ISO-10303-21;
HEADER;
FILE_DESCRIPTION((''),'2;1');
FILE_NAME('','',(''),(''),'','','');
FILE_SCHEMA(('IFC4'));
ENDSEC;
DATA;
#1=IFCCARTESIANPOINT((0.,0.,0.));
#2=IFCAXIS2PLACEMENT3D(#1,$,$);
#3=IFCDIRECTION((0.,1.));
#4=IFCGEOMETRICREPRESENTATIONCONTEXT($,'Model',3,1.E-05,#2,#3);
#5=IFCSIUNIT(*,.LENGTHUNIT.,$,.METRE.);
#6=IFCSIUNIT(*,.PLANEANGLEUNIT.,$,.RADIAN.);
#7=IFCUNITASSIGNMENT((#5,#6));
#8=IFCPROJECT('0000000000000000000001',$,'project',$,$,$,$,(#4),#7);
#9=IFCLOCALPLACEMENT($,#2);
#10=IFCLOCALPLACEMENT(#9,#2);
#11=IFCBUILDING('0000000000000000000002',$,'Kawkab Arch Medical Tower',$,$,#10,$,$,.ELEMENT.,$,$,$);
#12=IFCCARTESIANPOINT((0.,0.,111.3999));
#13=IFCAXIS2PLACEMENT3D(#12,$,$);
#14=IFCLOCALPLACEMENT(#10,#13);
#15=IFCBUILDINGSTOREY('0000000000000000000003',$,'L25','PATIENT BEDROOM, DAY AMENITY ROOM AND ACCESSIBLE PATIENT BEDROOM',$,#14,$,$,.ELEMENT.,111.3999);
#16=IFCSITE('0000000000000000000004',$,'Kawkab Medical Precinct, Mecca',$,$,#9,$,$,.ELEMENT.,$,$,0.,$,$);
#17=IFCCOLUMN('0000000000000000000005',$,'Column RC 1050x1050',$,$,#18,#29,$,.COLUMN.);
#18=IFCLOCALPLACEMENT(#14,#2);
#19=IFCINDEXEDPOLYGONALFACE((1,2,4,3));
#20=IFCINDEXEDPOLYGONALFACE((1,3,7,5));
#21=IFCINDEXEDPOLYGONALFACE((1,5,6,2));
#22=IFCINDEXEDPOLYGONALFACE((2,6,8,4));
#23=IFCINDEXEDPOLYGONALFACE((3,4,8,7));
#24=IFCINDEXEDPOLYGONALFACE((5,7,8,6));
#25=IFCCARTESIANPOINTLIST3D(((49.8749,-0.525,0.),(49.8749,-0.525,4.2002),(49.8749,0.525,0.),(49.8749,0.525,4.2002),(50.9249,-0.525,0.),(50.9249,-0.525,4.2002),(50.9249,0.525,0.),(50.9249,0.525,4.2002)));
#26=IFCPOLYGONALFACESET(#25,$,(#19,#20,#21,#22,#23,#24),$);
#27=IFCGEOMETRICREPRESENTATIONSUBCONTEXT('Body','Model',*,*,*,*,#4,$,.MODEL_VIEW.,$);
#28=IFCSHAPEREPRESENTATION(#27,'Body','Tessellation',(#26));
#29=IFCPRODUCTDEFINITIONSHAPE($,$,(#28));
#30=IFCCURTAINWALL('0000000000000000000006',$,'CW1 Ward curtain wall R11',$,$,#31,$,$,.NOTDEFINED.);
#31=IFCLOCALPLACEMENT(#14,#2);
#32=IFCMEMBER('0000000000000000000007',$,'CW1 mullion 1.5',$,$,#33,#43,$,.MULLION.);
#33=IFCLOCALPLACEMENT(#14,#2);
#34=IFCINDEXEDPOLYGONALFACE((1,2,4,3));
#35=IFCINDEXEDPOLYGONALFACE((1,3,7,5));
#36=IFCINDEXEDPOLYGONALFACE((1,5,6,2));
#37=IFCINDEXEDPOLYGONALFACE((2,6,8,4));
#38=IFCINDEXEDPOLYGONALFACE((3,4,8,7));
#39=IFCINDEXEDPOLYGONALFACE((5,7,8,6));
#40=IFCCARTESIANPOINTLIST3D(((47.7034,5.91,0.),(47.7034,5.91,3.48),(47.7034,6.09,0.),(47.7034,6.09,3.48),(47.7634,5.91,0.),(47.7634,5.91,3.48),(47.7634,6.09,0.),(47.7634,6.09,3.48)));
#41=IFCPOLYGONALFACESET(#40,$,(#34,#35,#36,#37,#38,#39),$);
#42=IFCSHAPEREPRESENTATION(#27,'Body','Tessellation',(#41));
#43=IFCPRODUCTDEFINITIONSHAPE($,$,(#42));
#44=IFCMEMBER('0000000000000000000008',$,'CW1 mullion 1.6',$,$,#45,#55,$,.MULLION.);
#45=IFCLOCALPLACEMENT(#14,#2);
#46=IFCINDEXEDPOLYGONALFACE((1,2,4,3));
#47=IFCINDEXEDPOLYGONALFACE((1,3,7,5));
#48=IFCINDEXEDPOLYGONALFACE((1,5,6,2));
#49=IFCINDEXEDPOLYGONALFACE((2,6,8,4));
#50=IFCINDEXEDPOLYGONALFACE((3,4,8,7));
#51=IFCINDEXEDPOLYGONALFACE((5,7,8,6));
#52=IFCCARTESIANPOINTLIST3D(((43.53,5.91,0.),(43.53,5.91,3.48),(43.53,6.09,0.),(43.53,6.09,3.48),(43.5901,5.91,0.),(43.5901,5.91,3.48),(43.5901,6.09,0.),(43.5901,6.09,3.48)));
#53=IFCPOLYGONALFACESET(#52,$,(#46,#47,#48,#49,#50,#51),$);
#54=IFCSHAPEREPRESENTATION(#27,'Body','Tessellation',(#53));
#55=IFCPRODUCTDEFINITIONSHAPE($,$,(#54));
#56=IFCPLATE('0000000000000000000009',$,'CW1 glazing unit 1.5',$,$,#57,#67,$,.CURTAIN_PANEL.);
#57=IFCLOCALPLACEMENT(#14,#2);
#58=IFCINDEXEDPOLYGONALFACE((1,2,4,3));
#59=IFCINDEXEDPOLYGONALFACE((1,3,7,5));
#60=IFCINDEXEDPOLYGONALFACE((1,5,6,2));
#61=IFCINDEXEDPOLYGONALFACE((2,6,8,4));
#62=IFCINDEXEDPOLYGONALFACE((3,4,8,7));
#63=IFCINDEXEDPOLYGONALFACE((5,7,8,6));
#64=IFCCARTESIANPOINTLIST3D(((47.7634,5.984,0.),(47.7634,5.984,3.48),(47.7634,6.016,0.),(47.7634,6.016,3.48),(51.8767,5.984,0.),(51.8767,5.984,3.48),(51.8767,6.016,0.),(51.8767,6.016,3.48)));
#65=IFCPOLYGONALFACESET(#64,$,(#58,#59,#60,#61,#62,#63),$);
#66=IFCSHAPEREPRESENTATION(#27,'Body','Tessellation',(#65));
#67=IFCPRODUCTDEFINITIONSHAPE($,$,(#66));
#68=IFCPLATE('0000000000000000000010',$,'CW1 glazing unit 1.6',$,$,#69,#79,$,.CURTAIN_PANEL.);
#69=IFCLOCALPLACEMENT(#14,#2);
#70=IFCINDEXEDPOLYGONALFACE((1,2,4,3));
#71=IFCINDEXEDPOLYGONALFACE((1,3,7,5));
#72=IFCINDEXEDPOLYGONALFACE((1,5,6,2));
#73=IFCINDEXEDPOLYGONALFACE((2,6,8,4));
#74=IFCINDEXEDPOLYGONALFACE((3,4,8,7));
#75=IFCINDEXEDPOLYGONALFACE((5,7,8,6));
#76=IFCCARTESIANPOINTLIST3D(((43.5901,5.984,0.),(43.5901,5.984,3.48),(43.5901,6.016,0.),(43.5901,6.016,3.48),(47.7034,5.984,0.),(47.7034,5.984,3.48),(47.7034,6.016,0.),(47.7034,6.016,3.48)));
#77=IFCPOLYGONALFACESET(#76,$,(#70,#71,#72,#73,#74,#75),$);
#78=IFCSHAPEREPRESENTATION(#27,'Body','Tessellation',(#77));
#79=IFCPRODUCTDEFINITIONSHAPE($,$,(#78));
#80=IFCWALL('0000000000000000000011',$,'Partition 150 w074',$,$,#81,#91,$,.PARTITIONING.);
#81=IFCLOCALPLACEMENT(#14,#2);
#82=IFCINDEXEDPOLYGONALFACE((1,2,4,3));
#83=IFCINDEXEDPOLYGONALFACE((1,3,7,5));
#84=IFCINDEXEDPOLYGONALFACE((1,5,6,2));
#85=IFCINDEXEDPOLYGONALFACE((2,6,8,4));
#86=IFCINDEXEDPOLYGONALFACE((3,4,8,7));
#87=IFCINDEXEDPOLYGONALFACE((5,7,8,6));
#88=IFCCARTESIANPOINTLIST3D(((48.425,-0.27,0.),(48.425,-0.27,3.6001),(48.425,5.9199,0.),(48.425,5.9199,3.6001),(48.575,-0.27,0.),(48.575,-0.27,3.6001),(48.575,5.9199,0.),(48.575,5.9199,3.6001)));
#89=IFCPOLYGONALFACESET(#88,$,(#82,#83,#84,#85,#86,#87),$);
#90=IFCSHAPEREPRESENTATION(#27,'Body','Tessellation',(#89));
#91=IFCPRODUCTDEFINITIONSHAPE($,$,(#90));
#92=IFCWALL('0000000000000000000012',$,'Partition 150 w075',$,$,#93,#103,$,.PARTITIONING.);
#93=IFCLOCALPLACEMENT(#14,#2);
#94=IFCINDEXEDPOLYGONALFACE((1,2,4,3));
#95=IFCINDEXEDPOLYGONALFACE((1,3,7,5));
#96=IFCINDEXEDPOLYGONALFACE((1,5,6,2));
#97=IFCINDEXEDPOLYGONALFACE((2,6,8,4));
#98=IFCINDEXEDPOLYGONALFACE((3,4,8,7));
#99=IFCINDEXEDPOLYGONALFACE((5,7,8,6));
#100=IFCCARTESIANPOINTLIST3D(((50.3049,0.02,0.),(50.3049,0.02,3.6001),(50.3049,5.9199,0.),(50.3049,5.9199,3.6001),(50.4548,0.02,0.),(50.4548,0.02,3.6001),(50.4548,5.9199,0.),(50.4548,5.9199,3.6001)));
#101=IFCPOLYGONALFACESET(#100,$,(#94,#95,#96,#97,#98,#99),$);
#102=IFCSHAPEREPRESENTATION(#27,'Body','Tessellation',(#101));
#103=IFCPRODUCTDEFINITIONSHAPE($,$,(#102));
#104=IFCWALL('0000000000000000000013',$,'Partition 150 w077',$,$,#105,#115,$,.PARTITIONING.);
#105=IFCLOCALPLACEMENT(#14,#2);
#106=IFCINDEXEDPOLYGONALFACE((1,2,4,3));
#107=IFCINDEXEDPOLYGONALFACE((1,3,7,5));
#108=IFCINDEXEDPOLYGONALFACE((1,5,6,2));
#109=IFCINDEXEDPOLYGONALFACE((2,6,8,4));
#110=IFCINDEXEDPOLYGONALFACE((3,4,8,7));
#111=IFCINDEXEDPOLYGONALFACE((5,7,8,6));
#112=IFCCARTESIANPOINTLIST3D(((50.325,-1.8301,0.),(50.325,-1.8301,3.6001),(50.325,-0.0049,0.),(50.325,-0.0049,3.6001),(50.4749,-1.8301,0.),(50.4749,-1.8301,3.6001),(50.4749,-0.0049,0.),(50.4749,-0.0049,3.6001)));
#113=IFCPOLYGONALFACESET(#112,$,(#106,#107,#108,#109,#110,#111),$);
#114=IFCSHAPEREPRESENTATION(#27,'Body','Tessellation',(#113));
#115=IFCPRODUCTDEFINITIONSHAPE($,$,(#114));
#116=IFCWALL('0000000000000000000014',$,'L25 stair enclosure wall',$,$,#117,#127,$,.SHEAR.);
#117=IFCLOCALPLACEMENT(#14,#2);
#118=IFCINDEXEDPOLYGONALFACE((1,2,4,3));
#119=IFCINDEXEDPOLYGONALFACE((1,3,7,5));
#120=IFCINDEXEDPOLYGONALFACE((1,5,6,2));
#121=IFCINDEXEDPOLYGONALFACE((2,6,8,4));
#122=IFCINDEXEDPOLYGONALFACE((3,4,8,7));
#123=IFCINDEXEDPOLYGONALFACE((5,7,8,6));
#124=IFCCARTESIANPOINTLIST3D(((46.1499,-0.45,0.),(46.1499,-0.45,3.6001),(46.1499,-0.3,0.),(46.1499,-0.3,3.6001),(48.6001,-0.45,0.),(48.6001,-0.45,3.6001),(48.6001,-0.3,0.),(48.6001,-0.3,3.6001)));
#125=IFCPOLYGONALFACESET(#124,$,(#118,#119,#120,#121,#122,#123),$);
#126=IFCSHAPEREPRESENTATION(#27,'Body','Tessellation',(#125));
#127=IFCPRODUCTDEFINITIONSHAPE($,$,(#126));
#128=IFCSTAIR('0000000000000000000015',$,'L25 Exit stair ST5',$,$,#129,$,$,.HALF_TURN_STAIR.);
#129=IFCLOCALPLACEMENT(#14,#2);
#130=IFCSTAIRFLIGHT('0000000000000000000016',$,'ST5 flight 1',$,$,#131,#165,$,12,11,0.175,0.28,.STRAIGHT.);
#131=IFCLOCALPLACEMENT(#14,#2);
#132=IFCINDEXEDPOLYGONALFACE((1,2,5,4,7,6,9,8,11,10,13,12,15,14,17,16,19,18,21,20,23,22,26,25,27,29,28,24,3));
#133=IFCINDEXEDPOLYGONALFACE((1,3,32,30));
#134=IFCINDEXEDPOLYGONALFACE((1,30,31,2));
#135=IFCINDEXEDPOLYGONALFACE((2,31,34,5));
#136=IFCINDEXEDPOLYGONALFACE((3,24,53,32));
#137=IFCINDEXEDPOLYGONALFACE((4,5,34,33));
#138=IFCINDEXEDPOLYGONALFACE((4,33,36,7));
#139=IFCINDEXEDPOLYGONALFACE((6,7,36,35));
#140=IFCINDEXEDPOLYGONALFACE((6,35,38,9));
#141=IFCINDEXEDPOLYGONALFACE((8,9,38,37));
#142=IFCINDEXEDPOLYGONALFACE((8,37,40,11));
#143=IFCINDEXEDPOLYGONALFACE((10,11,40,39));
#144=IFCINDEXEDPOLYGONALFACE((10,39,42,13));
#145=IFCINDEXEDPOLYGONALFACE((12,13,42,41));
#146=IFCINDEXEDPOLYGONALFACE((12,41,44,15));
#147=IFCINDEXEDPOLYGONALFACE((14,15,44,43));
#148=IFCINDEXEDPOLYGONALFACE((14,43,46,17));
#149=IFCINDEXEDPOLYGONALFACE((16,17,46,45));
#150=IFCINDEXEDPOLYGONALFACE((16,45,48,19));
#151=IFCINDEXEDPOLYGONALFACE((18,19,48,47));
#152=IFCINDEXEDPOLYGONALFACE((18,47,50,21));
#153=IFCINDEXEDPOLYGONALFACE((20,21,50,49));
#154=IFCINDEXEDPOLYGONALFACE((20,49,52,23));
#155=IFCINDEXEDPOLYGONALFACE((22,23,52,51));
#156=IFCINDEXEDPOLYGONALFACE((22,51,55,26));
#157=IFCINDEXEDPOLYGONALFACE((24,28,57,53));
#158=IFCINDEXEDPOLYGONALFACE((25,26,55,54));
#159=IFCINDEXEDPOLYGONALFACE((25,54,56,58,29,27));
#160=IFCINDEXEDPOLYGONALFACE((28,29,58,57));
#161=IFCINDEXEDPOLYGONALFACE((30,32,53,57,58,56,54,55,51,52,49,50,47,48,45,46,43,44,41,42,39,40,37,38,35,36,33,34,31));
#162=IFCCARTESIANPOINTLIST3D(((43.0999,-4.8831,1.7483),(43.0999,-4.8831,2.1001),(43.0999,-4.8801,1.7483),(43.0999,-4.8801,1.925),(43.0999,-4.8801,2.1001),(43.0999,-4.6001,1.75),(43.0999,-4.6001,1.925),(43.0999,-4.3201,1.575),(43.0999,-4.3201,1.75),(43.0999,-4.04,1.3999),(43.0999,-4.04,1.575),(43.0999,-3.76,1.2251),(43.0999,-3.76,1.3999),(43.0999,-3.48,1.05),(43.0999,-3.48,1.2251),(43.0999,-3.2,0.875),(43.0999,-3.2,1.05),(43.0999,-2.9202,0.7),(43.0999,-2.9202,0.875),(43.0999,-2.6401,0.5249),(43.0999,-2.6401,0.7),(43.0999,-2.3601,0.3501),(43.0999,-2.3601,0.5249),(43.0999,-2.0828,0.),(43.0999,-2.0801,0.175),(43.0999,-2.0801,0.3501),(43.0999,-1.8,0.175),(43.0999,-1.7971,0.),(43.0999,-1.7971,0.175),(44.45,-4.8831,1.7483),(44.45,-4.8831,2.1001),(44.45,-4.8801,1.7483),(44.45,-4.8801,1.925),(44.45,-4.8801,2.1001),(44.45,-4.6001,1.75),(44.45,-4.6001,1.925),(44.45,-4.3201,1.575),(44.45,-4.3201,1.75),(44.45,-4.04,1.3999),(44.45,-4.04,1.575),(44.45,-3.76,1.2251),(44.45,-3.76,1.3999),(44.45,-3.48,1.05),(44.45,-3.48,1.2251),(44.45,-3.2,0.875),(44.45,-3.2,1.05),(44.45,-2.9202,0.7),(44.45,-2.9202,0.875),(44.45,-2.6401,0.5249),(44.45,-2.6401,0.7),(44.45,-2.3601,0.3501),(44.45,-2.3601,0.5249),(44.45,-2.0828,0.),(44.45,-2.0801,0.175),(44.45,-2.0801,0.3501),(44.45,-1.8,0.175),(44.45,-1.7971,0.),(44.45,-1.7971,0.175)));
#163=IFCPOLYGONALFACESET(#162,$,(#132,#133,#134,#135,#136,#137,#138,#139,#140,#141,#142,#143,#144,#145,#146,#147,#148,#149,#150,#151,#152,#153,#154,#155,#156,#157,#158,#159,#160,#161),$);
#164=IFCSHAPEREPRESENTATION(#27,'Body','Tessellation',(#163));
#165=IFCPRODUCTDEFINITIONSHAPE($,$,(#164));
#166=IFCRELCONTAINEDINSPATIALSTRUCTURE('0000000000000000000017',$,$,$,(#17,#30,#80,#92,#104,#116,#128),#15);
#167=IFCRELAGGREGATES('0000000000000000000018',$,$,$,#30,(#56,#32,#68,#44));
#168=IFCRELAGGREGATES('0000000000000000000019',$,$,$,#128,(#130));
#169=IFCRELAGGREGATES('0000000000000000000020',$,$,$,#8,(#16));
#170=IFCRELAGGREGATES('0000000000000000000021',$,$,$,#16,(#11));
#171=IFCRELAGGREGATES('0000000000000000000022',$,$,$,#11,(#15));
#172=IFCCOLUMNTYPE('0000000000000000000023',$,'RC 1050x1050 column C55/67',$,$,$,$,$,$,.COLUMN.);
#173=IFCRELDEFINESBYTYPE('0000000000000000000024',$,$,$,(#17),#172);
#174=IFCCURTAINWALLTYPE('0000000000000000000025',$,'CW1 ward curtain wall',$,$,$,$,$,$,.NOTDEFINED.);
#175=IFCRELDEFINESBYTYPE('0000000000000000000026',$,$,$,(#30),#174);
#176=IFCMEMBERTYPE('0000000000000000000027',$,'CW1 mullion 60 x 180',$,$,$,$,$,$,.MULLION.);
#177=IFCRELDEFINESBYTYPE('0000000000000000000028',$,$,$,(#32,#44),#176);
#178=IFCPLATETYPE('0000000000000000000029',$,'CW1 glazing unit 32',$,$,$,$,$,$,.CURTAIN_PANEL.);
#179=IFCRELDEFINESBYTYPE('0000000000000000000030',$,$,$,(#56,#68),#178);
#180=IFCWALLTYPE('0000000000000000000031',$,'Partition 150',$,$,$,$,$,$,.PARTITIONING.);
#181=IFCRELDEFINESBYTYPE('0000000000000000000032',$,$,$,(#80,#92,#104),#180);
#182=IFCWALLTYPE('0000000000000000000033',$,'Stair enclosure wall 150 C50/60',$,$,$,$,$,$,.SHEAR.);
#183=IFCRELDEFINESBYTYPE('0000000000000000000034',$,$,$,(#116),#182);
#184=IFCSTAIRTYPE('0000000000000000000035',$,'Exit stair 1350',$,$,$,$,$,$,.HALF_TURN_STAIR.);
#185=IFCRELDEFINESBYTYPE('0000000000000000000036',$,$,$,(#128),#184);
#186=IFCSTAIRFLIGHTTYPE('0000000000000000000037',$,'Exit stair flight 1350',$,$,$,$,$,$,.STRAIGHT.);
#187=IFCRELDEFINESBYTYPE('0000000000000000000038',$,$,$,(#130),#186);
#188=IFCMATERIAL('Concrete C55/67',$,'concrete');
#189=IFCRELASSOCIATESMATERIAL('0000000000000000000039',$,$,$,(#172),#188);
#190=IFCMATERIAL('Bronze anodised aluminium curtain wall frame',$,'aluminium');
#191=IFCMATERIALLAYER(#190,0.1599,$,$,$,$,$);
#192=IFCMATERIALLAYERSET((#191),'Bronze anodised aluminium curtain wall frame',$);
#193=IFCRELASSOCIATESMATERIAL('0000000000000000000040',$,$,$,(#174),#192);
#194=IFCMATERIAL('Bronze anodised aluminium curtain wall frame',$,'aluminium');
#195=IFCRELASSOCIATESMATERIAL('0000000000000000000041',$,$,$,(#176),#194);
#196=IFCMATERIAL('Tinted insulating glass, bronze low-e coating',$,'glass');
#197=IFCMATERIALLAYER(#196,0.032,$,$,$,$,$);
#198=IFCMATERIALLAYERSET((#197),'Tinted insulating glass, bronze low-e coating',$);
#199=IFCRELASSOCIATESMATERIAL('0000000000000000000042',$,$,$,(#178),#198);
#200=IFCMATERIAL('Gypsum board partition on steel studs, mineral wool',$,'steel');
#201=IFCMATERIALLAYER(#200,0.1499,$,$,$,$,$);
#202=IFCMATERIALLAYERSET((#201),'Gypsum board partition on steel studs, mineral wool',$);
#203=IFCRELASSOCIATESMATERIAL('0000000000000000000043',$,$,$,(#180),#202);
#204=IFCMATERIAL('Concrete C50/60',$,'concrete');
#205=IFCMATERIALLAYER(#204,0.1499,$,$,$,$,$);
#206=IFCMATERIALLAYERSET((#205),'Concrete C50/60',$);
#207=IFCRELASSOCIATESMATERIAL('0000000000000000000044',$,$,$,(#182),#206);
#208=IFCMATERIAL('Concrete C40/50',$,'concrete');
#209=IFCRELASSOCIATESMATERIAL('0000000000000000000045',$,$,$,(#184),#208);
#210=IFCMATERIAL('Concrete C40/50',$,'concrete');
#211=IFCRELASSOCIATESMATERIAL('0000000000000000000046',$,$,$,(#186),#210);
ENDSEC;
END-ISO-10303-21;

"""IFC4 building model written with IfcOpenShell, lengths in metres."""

from ifc_helpers import new_model, si_unit, direction, frame, frame_2d, origin, origin_2d, place, context, subcontext, project, spatial, polyline, rectangle, outline, extrude, material, layer, layer_set, material_profile, profile_set, type_object, element, aggregate, save


model = new_model("IFC4")

# Units and contexts
model_context = context("Model", 3, precision=1e-05, world=origin(), true_north=direction((0.0, 1.0)))
body_context = subcontext(model_context, "Body", "Model", "MODEL_VIEW")
ifc_project = project(units=[si_unit("LENGTHUNIT", "METRE"), si_unit("PLANEANGLEUNIT", "RADIAN")], contexts=[model_context])

# Site, building, storey
site_placement = place(None, origin())
site = spatial("IfcSite", under=ifc_project, at=site_placement, Name="Kawkab Medical Precinct, Mecca", CompositionType="ELEMENT", RefElevation=0.0)
building_placement = place(site_placement, origin())
building = spatial("IfcBuilding", under=site, at=building_placement, Name="Kawkab Arch Medical Tower", CompositionType="ELEMENT")
storey_placement = place(building_placement, frame((0.0, 0.0, 111.3999)))
storey = spatial("IfcBuildingStorey", under=building, at=storey_placement, Name="L25", Description="PATIENT BEDROOM, DAY AMENITY ROOM AND ACCESSIBLE PATIENT BEDROOM", CompositionType="ELEMENT", Elevation=111.3999)

# Column
ifc_material_1 = material(Name="Concrete C55/67", Category="concrete")
ifc_material_profile_1 = material_profile(ifc_material_1, rectangle(XDim=1.05, YDim=1.05, at=origin_2d()), Name="RC 1050x1050")
ifc_profile_set_1 = profile_set([ifc_material_profile_1], Name="Concrete C55/67")
column_type = type_object("IfcColumnType", Name="RC 1050x1050 column C55/67", PredefinedType="COLUMN", material=ifc_profile_set_1)
column_placement = place(storey_placement, frame((50.3999, 0.0, 0.0), z_axis=(0.0, 0.0, 1.0), x_axis=(1.0, 0.0, 0.0)))
element("IfcColumn", 1, at=column_placement, inside=storey, type_object=column_type, Name="Column RC 1050x1050", PredefinedType="COLUMN", context=body_context, shape_type="SweptSolid", body=[
    extrude(rectangle(XDim=1.05, YDim=1.05, at=origin_2d()), origin(), (0.0, 0.0, 1.0), 4.2002),
])

# Curtain wall, members, plates
ifc_material_2 = material(Name="Bronze anodised aluminium curtain wall frame", Category="aluminium")
ifc_layer_1 = layer(ifc_material_2, 0.1599)
ifc_layer_set_1 = layer_set([ifc_layer_1], Name="Bronze anodised aluminium curtain wall frame")
curtain_wall_type = type_object("IfcCurtainWallType", Name="CW1 ward curtain wall", PredefinedType="NOTDEFINED", material=ifc_layer_set_1)
placement = place(storey_placement, origin())
curtain_wall = element("IfcCurtainWall", 2, at=placement, inside=storey, type_object=curtain_wall_type, Name="CW1 Ward curtain wall R11", PredefinedType="NOTDEFINED")
ifc_material_3 = material(Name="Bronze anodised aluminium curtain wall frame", Category="aluminium")
ifc_material_profile_2 = material_profile(ifc_material_3, rectangle(XDim=0.1799, YDim=0.0601, at=origin_2d()), Name="AL 60x180")
ifc_profile_set_2 = profile_set([ifc_material_profile_2], Name="Bronze anodised aluminium curtain wall frame")
member_type = type_object("IfcMemberType", Name="CW1 mullion 60 x 180", PredefinedType="MULLION", material=ifc_profile_set_2)
member_1_placement = place(storey_placement, frame((47.7334, 6.0, 0.0), z_axis=(0.0, 0.0, 1.0), x_axis=(0.0, -1.0, 0.0)))
member_1 = element("IfcMember", 3, at=member_1_placement, type_object=member_type, Name="CW1 mullion 1.5", PredefinedType="MULLION", context=body_context, shape_type="SweptSolid", body=[
    extrude(rectangle(XDim=0.1799, YDim=0.0601, at=origin_2d()), origin(), (0.0, 0.0, 1.0), 3.48),
])
member_2_placement = place(storey_placement, frame((43.5601, 6.0, 0.0), z_axis=(0.0, 0.0, 1.0), x_axis=(0.0, -1.0, 0.0)))
member_2 = element("IfcMember", 4, at=member_2_placement, type_object=member_type, Name="CW1 mullion 1.6", PredefinedType="MULLION", context=body_context, shape_type="SweptSolid", body=[
    extrude(rectangle(XDim=0.1799, YDim=0.0601, at=origin_2d()), origin(), (0.0, 0.0, 1.0), 3.48),
])
ifc_material_4 = material(Name="Tinted insulating glass, bronze low-e coating", Category="glass")
ifc_layer_2 = layer(ifc_material_4, 0.032)
ifc_layer_set_2 = layer_set([ifc_layer_2], Name="Tinted insulating glass, bronze low-e coating")
plate_type = type_object("IfcPlateType", Name="CW1 glazing unit 32", PredefinedType="CURTAIN_PANEL", material=ifc_layer_set_2)
plate_1_placement = place(storey_placement, frame((49.8201, 6.0, 0.0), z_axis=(0.0, 0.0, 1.0), x_axis=(-1.0, 0.0, 0.0)))
plate_1 = element("IfcPlate", 5, at=plate_1_placement, type_object=plate_type, Name="CW1 glazing unit 1.5", PredefinedType="CURTAIN_PANEL", context=body_context, shape_type="SweptSolid", body=[
    extrude(rectangle(XDim=4.1133, YDim=0.032, at=origin_2d()), origin(), (0.0, 0.0, 1.0), 3.48),
])
plate_2_placement = place(storey_placement, frame((45.6467, 6.0, 0.0), z_axis=(0.0, 0.0, 1.0), x_axis=(-1.0, 0.0, 0.0)))
plate_2 = element("IfcPlate", 6, at=plate_2_placement, type_object=plate_type, Name="CW1 glazing unit 1.6", PredefinedType="CURTAIN_PANEL", context=body_context, shape_type="SweptSolid", body=[
    extrude(rectangle(XDim=4.1133, YDim=0.032, at=origin_2d()), origin(), (0.0, 0.0, 1.0), 3.48),
])
aggregate(curtain_wall, [plate_1, member_1, plate_2, member_2])

# Walls
ifc_material_5 = material(Name="Gypsum board partition on steel studs, mineral wool", Category="steel")
ifc_layer_3 = layer(ifc_material_5, 0.1499)
ifc_layer_set_3 = layer_set([ifc_layer_3], Name="Gypsum board partition on steel studs, mineral wool")
wall_type_1 = type_object("IfcWallType", Name="Partition 150", PredefinedType="PARTITIONING", material=ifc_layer_set_3)
wall_1_placement = place(storey_placement, frame((48.5, -0.27, 0.0), z_axis=(0.0, 0.0, 1.0), x_axis=(0.0, 1.0, 0.0)))
element("IfcWall", 7, at=wall_1_placement, inside=storey, type_object=wall_type_1, Name="Partition 150 w074", PredefinedType="PARTITIONING", context=body_context, shape_type="SweptSolid", body=[
    extrude(rectangle(XDim=6.1899, YDim=0.1499, at=frame_2d((3.095, 0.0))), origin(), (0.0, 0.0, 1.0), 3.6001),
])
wall_2_placement = place(storey_placement, frame((50.3799, 0.02, 0.0), z_axis=(0.0, 0.0, 1.0), x_axis=(0.0, 1.0, 0.0)))
element("IfcWall", 8, at=wall_2_placement, inside=storey, type_object=wall_type_1, Name="Partition 150 w075", PredefinedType="PARTITIONING", context=body_context, shape_type="SweptSolid", body=[
    extrude(rectangle(XDim=5.8999, YDim=0.1499, at=frame_2d((2.95, 0.0))), origin(), (0.0, 0.0, 1.0), 3.6001),
])
wall_3_placement = place(storey_placement, frame((50.3999, -1.8301, 0.0), z_axis=(0.0, 0.0, 1.0), x_axis=(0.0, 1.0, 0.0)))
element("IfcWall", 9, at=wall_3_placement, inside=storey, type_object=wall_type_1, Name="Partition 150 w077", PredefinedType="PARTITIONING", context=body_context, shape_type="SweptSolid", body=[
    extrude(rectangle(XDim=1.8252, YDim=0.1499, at=frame_2d((0.9126, 0.0))), origin(), (0.0, 0.0, 1.0), 3.6001),
])
ifc_material_6 = material(Name="Concrete C50/60", Category="concrete")
ifc_layer_4 = layer(ifc_material_6, 0.1499)
ifc_layer_set_4 = layer_set([ifc_layer_4], Name="Concrete C50/60")
wall_type_2 = type_object("IfcWallType", Name="Stair enclosure wall 150 C50/60", PredefinedType="SHEAR", material=ifc_layer_set_4)
wall_4_placement = place(storey_placement, frame((46.1499, -0.375, 0.0), z_axis=(0.0, 0.0, 1.0), x_axis=(1.0, 0.0, 0.0)))
element("IfcWall", 10, at=wall_4_placement, inside=storey, type_object=wall_type_2, Name="L25 stair enclosure wall", PredefinedType="SHEAR", context=body_context, shape_type="SweptSolid", body=[
    extrude(rectangle(XDim=2.4502, YDim=0.1499, at=frame_2d((1.2251, 0.0))), origin(), (0.0, 0.0, 1.0), 3.6001),
])

# Stair, stair flight
ifc_material_7 = material(Name="Concrete C40/50", Category="concrete")
stair_type = type_object("IfcStairType", Name="Exit stair 1350", PredefinedType="HALF_TURN_STAIR", material=ifc_material_7)
stair = element("IfcStair", 11, at=placement, inside=storey, type_object=stair_type, Name="L25 Exit stair ST5", PredefinedType="HALF_TURN_STAIR")
ifc_material_8 = material(Name="Concrete C40/50", Category="concrete")
stair_flight_type = type_object("IfcStairFlightType", Name="Exit stair flight 1350", PredefinedType="STRAIGHT", material=ifc_material_8)
stair_flight_placement = place(storey_placement, frame((43.7749, -1.8, 0.0), z_axis=(0.0, 0.0, 1.0), x_axis=(0.0, -1.0, 0.0)))
stair_flight = element("IfcStairFlight", 12, at=stair_flight_placement, type_object=stair_flight_type, Name="ST5 flight 1", NumberOfRisers=12, NumberOfTreads=11, PredefinedType="STRAIGHT", RiserHeight=0.175, TreadLength=0.28, context=body_context, shape_type="SweptSolid", body=[
    extrude(outline(polyline([(-0.0029, 0.0), (-0.0029, 0.175), (0.0, 0.175), (0.28, 0.175), (0.28, 0.3501), (0.5601, 0.3501), (0.5601, 0.5249), (0.8401, 0.5249), (0.8401, 0.7), (1.1201, 0.7), (1.1201, 0.875), (1.3999, 0.875), (1.3999, 1.05), (1.6799, 1.05), (1.6799, 1.2251), (1.96, 1.2251), (1.96, 1.3999), (2.24, 1.3999), (2.24, 1.575), (2.52, 1.575), (2.52, 1.75), (2.8, 1.75), (2.8, 1.925), (3.0801, 1.925), (3.0801, 2.1001), (3.083, 2.1001), (3.083, 1.7483), (3.0801, 1.7483), (0.2827, 0.0), (-0.0029, 0.0)])), frame((0.0, 0.675, 0.0), z_axis=(0.0, -1.0, 0.0), x_axis=(1.0, 0.0, 0.0)), (0.0, 0.0, 1.0), 1.3501),
])
aggregate(stair, [stair_flight])

save(model, "model.ifc")
